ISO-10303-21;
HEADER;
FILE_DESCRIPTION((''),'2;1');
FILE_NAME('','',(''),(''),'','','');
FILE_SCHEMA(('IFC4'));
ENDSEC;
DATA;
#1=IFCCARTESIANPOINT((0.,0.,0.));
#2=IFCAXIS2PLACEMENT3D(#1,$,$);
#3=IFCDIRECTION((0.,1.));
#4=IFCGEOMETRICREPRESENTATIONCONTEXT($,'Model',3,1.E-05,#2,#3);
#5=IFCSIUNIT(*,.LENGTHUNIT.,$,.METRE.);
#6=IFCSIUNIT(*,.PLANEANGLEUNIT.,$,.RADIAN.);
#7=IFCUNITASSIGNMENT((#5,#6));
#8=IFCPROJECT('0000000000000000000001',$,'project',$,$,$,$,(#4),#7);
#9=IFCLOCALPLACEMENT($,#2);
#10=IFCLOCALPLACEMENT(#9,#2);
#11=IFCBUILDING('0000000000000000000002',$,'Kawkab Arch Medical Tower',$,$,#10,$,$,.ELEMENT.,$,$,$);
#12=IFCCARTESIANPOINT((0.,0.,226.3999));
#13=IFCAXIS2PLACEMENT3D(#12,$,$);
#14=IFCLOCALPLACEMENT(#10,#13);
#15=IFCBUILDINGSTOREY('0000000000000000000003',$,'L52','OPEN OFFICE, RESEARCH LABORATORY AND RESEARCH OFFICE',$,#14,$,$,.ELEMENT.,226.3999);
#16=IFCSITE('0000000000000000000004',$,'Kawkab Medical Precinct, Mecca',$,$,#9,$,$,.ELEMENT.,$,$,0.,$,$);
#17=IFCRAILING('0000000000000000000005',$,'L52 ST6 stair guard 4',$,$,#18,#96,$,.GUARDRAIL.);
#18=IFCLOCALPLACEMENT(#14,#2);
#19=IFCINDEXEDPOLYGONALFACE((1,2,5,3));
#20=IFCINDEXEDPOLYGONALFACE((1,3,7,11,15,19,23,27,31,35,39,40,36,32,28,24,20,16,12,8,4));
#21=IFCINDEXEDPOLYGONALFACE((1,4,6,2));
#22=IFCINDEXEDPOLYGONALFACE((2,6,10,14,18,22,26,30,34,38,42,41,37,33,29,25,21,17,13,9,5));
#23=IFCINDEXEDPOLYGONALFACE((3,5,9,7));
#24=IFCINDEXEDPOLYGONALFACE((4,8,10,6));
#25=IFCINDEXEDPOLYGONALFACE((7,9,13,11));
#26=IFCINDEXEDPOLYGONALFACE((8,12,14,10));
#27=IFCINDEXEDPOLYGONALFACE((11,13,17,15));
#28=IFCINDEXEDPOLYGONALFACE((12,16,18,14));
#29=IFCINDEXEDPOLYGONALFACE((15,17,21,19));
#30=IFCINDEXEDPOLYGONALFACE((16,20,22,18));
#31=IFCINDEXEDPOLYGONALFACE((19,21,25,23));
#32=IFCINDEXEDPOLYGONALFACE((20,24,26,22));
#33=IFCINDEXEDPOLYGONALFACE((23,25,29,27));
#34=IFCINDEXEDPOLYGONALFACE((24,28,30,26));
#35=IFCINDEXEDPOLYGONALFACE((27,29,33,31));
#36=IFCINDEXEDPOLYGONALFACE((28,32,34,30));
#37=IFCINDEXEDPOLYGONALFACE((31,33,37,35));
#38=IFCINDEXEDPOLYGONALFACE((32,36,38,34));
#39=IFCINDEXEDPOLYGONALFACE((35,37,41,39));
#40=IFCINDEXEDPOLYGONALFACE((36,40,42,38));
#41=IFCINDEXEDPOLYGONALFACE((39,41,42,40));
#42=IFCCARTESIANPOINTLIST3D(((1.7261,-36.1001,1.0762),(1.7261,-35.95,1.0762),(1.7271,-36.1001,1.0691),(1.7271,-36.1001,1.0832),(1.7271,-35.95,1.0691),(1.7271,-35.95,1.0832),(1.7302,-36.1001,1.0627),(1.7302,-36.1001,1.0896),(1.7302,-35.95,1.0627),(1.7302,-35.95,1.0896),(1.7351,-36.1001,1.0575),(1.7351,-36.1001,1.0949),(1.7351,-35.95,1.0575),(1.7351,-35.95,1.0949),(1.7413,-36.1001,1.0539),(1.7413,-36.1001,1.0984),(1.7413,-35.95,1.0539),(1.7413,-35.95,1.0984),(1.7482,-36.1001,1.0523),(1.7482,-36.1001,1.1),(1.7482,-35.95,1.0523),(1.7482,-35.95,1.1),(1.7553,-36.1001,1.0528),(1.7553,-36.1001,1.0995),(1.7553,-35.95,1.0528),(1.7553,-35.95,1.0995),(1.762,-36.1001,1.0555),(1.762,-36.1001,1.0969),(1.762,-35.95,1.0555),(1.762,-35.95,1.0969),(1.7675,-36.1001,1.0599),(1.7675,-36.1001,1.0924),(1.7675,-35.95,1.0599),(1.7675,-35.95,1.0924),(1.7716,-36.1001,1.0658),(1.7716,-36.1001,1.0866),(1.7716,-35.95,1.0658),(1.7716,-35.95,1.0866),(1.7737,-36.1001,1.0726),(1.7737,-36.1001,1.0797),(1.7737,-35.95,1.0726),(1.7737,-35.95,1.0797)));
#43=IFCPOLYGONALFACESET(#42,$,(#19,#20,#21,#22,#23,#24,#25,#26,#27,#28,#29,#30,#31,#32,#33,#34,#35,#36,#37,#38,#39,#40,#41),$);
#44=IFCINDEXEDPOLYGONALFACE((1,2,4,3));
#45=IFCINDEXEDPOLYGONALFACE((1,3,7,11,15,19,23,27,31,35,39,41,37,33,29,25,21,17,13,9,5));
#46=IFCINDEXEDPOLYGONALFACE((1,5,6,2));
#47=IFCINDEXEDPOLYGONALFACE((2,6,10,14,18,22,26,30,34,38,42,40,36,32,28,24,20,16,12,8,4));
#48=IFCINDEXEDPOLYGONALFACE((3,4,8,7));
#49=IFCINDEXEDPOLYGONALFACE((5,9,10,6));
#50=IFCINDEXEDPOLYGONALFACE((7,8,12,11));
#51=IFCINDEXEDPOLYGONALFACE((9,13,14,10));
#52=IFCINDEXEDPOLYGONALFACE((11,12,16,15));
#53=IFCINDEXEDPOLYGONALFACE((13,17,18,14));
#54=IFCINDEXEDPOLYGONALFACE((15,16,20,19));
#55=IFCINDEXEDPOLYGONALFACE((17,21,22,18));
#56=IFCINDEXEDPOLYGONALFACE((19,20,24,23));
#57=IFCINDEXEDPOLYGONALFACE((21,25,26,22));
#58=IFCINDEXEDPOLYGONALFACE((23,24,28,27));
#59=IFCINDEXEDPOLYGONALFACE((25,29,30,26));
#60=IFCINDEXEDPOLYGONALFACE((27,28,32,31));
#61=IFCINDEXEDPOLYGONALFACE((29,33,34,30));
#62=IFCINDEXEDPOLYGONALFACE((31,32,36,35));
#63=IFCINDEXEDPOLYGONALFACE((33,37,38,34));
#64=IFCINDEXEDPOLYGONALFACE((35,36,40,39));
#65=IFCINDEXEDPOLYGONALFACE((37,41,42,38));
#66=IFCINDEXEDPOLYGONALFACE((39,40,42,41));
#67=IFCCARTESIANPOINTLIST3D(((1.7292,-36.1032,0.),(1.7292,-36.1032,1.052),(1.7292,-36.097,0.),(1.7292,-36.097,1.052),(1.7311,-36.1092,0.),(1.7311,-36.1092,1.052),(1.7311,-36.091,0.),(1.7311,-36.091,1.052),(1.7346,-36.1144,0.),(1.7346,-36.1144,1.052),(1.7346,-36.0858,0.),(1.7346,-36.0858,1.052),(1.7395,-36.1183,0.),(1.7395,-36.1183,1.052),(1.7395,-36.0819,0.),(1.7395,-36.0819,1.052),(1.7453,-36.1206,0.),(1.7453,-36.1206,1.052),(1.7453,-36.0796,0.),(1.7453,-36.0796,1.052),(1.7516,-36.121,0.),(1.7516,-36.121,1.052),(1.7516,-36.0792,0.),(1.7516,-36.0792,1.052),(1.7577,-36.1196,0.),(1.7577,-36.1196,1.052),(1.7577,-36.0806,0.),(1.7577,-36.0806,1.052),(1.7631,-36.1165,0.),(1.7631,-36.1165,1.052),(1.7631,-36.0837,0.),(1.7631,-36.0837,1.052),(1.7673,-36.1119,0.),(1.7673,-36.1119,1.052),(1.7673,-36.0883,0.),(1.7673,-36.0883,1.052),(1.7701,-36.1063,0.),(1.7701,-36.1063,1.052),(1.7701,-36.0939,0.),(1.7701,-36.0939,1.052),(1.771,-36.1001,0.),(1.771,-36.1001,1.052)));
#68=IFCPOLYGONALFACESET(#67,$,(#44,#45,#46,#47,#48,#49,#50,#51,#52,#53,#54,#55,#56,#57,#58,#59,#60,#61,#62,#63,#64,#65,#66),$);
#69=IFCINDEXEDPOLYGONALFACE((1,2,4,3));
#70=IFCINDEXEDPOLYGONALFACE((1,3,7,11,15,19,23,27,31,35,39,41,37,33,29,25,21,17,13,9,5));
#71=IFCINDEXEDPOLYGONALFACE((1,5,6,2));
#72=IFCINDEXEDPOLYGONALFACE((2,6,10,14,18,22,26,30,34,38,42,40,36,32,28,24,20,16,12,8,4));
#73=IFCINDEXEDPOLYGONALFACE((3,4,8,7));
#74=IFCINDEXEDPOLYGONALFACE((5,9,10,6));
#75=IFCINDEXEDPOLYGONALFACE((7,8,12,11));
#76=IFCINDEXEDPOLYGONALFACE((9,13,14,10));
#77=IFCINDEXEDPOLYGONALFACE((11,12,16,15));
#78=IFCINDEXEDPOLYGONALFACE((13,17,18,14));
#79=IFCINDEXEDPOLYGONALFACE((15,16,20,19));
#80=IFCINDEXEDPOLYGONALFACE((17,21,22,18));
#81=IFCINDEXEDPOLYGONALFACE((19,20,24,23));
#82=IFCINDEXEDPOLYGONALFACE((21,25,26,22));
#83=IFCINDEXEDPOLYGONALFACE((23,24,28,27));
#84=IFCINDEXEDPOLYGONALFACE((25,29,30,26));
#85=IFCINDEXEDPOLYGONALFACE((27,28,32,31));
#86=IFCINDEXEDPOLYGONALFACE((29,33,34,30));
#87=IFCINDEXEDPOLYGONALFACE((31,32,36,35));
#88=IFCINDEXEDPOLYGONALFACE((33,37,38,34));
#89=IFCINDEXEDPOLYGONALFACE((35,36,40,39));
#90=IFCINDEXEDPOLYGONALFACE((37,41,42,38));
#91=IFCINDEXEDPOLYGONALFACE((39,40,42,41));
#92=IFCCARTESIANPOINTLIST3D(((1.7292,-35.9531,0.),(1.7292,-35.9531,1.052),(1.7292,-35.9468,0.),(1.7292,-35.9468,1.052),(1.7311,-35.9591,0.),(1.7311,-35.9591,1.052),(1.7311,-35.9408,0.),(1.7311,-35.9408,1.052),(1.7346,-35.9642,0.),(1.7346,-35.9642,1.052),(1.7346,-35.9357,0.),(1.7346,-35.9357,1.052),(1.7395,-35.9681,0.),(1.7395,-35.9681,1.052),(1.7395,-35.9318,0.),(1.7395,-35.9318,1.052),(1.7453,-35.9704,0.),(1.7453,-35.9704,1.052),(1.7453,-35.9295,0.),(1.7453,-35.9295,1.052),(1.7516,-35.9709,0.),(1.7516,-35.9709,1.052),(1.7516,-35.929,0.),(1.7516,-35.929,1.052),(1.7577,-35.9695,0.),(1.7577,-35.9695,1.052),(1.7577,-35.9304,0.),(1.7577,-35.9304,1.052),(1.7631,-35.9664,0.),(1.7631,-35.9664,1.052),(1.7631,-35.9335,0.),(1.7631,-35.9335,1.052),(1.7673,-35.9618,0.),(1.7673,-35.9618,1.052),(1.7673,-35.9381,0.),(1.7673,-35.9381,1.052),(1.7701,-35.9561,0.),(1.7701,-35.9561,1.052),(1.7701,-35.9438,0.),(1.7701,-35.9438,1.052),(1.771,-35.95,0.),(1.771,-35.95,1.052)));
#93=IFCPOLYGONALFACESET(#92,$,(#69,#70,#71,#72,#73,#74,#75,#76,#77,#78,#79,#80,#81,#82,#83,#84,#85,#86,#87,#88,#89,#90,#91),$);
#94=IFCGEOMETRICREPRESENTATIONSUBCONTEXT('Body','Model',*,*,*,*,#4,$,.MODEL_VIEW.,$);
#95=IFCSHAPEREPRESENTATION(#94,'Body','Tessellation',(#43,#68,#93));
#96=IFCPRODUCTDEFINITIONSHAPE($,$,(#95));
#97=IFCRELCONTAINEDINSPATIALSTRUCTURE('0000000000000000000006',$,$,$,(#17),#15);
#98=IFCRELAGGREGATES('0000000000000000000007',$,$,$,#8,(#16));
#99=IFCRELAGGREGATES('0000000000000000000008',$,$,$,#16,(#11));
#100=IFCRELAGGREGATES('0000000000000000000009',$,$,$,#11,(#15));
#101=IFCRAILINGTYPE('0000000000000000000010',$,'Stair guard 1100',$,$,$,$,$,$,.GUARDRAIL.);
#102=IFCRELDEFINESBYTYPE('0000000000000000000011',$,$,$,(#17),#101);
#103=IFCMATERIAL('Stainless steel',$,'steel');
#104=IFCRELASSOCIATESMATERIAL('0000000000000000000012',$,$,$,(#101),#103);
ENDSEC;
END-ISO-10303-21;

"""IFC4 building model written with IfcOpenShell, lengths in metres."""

from ifc_helpers import new_model, si_unit, direction, frame, origin, origin_2d, place, context, subcontext, project, spatial, circle, extrude, material, type_object, element, save


model = new_model("IFC4")

# Units and contexts
model_context = context("Model", 3, precision=1e-05, world=origin(), true_north=direction((0.0, 1.0)))
body_context = subcontext(model_context, "Body", "Model", "MODEL_VIEW")
ifc_project = project(units=[si_unit("LENGTHUNIT", "METRE"), si_unit("PLANEANGLEUNIT", "RADIAN")], contexts=[model_context])

# Site, building, storey
site_placement = place(None, origin())
site = spatial("IfcSite", under=ifc_project, at=site_placement, Name="Kawkab Medical Precinct, Mecca", CompositionType="ELEMENT", RefElevation=0.0)
building_placement = place(site_placement, origin())
building = spatial("IfcBuilding", under=site, at=building_placement, Name="Kawkab Arch Medical Tower", CompositionType="ELEMENT")
storey_placement = place(building_placement, frame((0.0, 0.0, 226.3999)))
storey = spatial("IfcBuildingStorey", under=building, at=storey_placement, Name="L52", Description="OPEN OFFICE, RESEARCH LABORATORY AND RESEARCH OFFICE", CompositionType="ELEMENT", Elevation=226.3999)

# Railing
ifc_material_1 = material(Name="Stainless steel", Category="steel")
railing_type = type_object("IfcRailingType", Name="Stair guard 1100", PredefinedType="GUARDRAIL", material=ifc_material_1)
railing_1_placement = place(storey_placement, frame((1.75, -36.1001, 0.0)))
element("IfcRailing", 1, at=railing_1_placement, inside=storey, type_object=railing_type, Name="L52 ST6 stair guard 4", PredefinedType="GUARDRAIL", context=body_context, shape_type="SweptSolid", body=[
    extrude(circle(Radius=0.0239, at=origin_2d()), frame((0.0, 0.0, 1.0762), z_axis=(0.0, 1.0, 0.0), x_axis=(-1.0, 0.0, 0.0)), (0.0, 0.0, 1.0), 0.1501),
    extrude(circle(Radius=0.021, at=origin_2d()), origin(), (0.0, 0.0, 1.0), 1.052),
    extrude(circle(Radius=0.021, at=origin_2d()), frame((0.0, 0.1501, 0.0)), (0.0, 0.0, 1.0), 1.052),
])

save(model, "model.ifc")
